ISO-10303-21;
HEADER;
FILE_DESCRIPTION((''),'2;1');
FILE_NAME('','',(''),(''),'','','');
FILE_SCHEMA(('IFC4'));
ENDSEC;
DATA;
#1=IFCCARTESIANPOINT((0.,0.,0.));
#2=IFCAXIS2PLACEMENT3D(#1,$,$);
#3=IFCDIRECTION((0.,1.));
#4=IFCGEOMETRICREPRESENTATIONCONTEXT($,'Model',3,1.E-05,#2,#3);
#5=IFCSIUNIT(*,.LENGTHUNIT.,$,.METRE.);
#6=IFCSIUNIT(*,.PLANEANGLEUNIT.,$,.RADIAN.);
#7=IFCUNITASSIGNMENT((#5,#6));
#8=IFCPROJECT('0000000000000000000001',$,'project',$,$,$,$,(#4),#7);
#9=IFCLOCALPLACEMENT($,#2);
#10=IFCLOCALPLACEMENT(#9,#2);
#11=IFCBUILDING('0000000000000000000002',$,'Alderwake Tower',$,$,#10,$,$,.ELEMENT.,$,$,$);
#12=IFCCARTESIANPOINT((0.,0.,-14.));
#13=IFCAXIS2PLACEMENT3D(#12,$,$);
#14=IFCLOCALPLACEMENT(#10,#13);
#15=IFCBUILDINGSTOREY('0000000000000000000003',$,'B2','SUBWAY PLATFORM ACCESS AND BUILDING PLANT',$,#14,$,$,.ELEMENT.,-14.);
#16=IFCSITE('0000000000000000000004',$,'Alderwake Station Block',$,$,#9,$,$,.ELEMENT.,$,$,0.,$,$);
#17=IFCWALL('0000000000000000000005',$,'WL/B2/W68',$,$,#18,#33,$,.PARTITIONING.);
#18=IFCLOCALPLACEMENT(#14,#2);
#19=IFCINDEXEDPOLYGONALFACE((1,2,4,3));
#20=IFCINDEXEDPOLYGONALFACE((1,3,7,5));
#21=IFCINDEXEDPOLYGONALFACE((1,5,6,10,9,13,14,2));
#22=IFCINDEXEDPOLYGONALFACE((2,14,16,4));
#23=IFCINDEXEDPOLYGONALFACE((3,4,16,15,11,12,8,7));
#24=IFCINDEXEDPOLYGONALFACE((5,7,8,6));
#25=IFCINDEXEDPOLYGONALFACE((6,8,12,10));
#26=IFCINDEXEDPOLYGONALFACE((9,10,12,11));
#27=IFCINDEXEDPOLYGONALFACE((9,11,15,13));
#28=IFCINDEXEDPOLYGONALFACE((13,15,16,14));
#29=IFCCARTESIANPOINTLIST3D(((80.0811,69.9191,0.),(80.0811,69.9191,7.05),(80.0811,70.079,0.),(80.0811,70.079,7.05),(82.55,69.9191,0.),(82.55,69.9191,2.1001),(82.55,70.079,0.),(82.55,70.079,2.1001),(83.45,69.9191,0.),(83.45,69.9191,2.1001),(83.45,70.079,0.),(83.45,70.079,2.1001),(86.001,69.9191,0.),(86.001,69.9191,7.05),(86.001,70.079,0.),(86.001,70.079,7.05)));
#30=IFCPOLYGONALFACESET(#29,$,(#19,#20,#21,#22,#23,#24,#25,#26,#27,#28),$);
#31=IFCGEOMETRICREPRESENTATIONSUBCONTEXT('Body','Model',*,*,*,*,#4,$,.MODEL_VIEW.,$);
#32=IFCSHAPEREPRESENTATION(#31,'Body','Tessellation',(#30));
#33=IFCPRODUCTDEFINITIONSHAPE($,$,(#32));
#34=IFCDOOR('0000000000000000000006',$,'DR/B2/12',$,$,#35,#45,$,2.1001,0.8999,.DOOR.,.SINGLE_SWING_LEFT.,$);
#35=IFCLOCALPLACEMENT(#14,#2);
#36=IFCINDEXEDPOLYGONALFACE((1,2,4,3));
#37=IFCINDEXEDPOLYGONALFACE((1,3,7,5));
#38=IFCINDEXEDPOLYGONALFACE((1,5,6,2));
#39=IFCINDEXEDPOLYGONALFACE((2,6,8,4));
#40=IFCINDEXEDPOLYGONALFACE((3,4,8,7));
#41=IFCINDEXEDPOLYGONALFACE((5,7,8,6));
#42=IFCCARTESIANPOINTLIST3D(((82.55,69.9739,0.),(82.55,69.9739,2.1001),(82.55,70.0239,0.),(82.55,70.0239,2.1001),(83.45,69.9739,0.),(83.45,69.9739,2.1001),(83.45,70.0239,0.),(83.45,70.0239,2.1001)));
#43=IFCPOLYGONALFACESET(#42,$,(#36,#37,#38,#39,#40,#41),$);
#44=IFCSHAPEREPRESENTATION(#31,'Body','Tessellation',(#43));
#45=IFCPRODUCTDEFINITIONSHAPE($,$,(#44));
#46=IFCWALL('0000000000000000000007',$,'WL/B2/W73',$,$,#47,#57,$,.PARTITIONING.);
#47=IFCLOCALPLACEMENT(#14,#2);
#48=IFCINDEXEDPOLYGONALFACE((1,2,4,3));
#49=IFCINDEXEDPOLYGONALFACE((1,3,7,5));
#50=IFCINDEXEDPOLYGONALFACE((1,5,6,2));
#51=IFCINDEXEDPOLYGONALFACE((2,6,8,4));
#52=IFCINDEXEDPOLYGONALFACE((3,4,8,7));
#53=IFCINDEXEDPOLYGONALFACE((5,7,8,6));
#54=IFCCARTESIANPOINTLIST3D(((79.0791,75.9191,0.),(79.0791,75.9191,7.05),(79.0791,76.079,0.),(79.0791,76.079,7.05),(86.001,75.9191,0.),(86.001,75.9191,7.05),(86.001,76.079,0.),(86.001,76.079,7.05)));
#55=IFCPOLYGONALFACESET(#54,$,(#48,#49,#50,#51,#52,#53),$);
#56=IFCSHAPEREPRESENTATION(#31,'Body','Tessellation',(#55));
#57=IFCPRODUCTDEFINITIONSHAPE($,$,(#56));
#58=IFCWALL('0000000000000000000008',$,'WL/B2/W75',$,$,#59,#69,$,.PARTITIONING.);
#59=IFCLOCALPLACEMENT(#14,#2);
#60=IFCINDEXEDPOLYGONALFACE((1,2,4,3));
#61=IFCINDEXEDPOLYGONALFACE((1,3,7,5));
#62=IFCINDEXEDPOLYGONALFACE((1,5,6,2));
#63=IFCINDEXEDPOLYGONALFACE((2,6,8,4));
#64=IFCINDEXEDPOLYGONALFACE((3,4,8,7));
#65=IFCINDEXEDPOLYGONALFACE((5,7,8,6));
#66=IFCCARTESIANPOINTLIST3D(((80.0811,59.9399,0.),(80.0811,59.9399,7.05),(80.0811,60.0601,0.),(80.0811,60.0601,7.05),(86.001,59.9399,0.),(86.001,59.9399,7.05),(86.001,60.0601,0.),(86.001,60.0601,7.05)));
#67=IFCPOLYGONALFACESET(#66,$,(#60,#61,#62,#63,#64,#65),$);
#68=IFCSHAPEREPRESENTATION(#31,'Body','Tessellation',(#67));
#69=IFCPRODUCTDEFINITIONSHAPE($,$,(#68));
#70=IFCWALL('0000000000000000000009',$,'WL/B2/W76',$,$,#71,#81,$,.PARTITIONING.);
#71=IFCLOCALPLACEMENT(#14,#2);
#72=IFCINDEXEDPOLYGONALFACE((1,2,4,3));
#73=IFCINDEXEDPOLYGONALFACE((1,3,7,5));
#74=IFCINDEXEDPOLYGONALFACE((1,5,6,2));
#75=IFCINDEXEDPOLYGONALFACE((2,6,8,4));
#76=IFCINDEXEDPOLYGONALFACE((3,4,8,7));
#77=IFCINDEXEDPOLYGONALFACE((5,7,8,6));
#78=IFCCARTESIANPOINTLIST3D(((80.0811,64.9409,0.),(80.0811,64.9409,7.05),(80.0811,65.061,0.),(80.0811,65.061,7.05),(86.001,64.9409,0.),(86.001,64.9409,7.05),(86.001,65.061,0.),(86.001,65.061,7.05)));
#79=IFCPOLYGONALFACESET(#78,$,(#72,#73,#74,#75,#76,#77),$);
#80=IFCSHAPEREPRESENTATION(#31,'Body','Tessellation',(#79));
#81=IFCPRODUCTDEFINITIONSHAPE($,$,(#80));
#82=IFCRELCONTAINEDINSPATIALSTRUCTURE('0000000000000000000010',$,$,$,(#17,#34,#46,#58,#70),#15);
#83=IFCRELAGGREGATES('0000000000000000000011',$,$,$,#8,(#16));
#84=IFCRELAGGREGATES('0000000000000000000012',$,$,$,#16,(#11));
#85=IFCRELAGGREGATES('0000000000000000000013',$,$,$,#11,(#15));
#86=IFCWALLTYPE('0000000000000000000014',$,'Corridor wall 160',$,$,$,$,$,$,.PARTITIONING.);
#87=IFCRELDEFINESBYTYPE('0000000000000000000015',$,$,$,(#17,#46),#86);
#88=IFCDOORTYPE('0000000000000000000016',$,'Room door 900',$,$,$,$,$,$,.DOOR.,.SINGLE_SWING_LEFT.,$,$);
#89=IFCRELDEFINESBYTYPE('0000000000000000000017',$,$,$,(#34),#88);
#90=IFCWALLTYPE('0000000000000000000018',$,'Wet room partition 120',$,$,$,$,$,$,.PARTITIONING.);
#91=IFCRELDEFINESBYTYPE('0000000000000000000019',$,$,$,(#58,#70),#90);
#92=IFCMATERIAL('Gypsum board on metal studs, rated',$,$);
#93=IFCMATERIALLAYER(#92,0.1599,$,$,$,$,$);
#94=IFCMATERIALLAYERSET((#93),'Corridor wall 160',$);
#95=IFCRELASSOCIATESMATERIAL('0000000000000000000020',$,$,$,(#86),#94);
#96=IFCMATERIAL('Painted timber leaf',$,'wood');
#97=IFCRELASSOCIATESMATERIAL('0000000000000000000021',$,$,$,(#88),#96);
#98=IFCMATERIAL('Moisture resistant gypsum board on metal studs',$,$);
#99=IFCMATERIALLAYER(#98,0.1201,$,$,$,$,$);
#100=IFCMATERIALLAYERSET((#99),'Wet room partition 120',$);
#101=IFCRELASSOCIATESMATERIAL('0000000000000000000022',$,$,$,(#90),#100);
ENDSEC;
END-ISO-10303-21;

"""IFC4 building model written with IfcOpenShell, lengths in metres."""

from ifc_helpers import new_model, si_unit, direction, frame, frame_2d, origin, place, context, subcontext, project, spatial, rectangle, extrude, material, layer, layer_set, type_object, element, fill, save


model = new_model("IFC4")

# Units and contexts
model_context = context("Model", 3, precision=1e-05, world=origin(), true_north=direction((0.0, 1.0)))
body_context = subcontext(model_context, "Body", "Model", "MODEL_VIEW")
ifc_project = project(units=[si_unit("LENGTHUNIT", "METRE"), si_unit("PLANEANGLEUNIT", "RADIAN")], contexts=[model_context])

# Site, building, storey
site_placement = place(None, origin())
site = spatial("IfcSite", under=ifc_project, at=site_placement, Name="Alderwake Station Block", CompositionType="ELEMENT", RefElevation=0.0)
building_placement = place(site_placement, origin())
building = spatial("IfcBuilding", under=site, at=building_placement, Name="Alderwake Tower", CompositionType="ELEMENT")
storey_placement = place(building_placement, frame((0.0, 0.0, -14.0)))
storey = spatial("IfcBuildingStorey", under=building, at=storey_placement, Name="B2", Description="SUBWAY PLATFORM ACCESS AND BUILDING PLANT", CompositionType="ELEMENT", Elevation=-14.0)

# Shared definitions
ifc_material_1 = material(Name="Gypsum board on metal studs, rated")
ifc_layer_1 = layer(ifc_material_1, 0.1599)
ifc_layer_set_1 = layer_set([ifc_layer_1], Name="Corridor wall 160")
wall_type_1 = type_object("IfcWallType", Name="Corridor wall 160", PredefinedType="PARTITIONING", material=ifc_layer_set_1)

# Wall, opening, door
wall_1_placement = place(storey_placement, frame((80.0811, 69.999, 0.0), z_axis=(0.0, 0.0, 1.0), x_axis=(1.0, 0.0, 0.0)))
wall_1 = element("IfcWall", 1, at=wall_1_placement, inside=storey, type_object=wall_type_1, Name="WL/B2/W68", PredefinedType="PARTITIONING", context=body_context, shape_type="SweptSolid", body=[
    extrude(rectangle(XDim=5.9199, YDim=0.1599, at=frame_2d((2.96, 0.0))), origin(), (0.0, 0.0, 1.0), 7.05),
])
opening_1_placement = place(wall_1_placement, frame((2.469, 0.0, 0.0)))
opening_1 = element("IfcOpeningElement", 2, at=opening_1_placement, cuts=wall_1, PredefinedType="OPENING", context=body_context, shape_type="SweptSolid", body=[
    extrude(rectangle(XDim=0.8999, YDim=2.1001, at=frame_2d((0.45, 1.05))), frame((0.0, 0.0898, 0.0), z_axis=(0.0, -1.0, 0.0), x_axis=(1.0, 0.0, 0.0)), (0.0, 0.0, 1.0), 0.1799),
])
ifc_material_2 = material(Name="Painted timber leaf", Category="wood")
door_type_1 = type_object("IfcDoorType", Name="Room door 900", OperationType="SINGLE_SWING_LEFT", PredefinedType="DOOR", material=ifc_material_2)
door_1_placement = place(opening_1_placement, origin())
door_1 = element("IfcDoor", 3, at=door_1_placement, inside=storey, type_object=door_type_1, Name="DR/B2/12", OperationType="SINGLE_SWING_LEFT", OverallHeight=2.1001, OverallWidth=0.8999, PredefinedType="DOOR", context=body_context, shape_type="SweptSolid", body=[
    extrude(rectangle(XDim=0.8999, YDim=2.1001, at=frame_2d((0.45, 1.05))), frame((0.0, 0.0249, 0.0), z_axis=(0.0, -1.0, 0.0), x_axis=(1.0, 0.0, 0.0)), (0.0, 0.0, 1.0), 0.05),
])
fill(opening_1, door_1)

# Walls
wall_2_placement = place(storey_placement, frame((86.001, 75.999, 0.0), z_axis=(0.0, 0.0, 1.0), x_axis=(-1.0, 0.0, 0.0)))
element("IfcWall", 4, at=wall_2_placement, inside=storey, type_object=wall_type_1, Name="WL/B2/W73", PredefinedType="PARTITIONING", context=body_context, shape_type="SweptSolid", body=[
    extrude(rectangle(XDim=6.9219, YDim=0.1599, at=frame_2d((3.4609, 0.0))), origin(), (0.0, 0.0, 1.0), 7.05),
])
ifc_material_3 = material(Name="Moisture resistant gypsum board on metal studs")
ifc_layer_2 = layer(ifc_material_3, 0.1201)
ifc_layer_set_2 = layer_set([ifc_layer_2], Name="Wet room partition 120")
wall_type_2 = type_object("IfcWallType", Name="Wet room partition 120", PredefinedType="PARTITIONING", material=ifc_layer_set_2)
for number, where, z_axis, x_axis, name in (
    (5, (86.001, 60.0, 0.0), (0.0, 0.0, 1.0), (-1.0, 0.0, 0.0), "WL/B2/W75"),
    (6, (86.001, 65.001, 0.0), (0.0, 0.0, 1.0), (-1.0, 0.0, 0.0), "WL/B2/W76"),
):
    element("IfcWall", number, at=place(storey_placement, frame(where, z_axis=z_axis, x_axis=x_axis)), inside=storey, type_object=wall_type_2, Name=name, PredefinedType="PARTITIONING", context=body_context, shape_type="SweptSolid", body=[
        extrude(rectangle(XDim=5.9199, YDim=0.1201, at=frame_2d((2.96, 0.0))), origin(), (0.0, 0.0, 1.0), 7.05),
    ])

save(model, "model.ifc")
